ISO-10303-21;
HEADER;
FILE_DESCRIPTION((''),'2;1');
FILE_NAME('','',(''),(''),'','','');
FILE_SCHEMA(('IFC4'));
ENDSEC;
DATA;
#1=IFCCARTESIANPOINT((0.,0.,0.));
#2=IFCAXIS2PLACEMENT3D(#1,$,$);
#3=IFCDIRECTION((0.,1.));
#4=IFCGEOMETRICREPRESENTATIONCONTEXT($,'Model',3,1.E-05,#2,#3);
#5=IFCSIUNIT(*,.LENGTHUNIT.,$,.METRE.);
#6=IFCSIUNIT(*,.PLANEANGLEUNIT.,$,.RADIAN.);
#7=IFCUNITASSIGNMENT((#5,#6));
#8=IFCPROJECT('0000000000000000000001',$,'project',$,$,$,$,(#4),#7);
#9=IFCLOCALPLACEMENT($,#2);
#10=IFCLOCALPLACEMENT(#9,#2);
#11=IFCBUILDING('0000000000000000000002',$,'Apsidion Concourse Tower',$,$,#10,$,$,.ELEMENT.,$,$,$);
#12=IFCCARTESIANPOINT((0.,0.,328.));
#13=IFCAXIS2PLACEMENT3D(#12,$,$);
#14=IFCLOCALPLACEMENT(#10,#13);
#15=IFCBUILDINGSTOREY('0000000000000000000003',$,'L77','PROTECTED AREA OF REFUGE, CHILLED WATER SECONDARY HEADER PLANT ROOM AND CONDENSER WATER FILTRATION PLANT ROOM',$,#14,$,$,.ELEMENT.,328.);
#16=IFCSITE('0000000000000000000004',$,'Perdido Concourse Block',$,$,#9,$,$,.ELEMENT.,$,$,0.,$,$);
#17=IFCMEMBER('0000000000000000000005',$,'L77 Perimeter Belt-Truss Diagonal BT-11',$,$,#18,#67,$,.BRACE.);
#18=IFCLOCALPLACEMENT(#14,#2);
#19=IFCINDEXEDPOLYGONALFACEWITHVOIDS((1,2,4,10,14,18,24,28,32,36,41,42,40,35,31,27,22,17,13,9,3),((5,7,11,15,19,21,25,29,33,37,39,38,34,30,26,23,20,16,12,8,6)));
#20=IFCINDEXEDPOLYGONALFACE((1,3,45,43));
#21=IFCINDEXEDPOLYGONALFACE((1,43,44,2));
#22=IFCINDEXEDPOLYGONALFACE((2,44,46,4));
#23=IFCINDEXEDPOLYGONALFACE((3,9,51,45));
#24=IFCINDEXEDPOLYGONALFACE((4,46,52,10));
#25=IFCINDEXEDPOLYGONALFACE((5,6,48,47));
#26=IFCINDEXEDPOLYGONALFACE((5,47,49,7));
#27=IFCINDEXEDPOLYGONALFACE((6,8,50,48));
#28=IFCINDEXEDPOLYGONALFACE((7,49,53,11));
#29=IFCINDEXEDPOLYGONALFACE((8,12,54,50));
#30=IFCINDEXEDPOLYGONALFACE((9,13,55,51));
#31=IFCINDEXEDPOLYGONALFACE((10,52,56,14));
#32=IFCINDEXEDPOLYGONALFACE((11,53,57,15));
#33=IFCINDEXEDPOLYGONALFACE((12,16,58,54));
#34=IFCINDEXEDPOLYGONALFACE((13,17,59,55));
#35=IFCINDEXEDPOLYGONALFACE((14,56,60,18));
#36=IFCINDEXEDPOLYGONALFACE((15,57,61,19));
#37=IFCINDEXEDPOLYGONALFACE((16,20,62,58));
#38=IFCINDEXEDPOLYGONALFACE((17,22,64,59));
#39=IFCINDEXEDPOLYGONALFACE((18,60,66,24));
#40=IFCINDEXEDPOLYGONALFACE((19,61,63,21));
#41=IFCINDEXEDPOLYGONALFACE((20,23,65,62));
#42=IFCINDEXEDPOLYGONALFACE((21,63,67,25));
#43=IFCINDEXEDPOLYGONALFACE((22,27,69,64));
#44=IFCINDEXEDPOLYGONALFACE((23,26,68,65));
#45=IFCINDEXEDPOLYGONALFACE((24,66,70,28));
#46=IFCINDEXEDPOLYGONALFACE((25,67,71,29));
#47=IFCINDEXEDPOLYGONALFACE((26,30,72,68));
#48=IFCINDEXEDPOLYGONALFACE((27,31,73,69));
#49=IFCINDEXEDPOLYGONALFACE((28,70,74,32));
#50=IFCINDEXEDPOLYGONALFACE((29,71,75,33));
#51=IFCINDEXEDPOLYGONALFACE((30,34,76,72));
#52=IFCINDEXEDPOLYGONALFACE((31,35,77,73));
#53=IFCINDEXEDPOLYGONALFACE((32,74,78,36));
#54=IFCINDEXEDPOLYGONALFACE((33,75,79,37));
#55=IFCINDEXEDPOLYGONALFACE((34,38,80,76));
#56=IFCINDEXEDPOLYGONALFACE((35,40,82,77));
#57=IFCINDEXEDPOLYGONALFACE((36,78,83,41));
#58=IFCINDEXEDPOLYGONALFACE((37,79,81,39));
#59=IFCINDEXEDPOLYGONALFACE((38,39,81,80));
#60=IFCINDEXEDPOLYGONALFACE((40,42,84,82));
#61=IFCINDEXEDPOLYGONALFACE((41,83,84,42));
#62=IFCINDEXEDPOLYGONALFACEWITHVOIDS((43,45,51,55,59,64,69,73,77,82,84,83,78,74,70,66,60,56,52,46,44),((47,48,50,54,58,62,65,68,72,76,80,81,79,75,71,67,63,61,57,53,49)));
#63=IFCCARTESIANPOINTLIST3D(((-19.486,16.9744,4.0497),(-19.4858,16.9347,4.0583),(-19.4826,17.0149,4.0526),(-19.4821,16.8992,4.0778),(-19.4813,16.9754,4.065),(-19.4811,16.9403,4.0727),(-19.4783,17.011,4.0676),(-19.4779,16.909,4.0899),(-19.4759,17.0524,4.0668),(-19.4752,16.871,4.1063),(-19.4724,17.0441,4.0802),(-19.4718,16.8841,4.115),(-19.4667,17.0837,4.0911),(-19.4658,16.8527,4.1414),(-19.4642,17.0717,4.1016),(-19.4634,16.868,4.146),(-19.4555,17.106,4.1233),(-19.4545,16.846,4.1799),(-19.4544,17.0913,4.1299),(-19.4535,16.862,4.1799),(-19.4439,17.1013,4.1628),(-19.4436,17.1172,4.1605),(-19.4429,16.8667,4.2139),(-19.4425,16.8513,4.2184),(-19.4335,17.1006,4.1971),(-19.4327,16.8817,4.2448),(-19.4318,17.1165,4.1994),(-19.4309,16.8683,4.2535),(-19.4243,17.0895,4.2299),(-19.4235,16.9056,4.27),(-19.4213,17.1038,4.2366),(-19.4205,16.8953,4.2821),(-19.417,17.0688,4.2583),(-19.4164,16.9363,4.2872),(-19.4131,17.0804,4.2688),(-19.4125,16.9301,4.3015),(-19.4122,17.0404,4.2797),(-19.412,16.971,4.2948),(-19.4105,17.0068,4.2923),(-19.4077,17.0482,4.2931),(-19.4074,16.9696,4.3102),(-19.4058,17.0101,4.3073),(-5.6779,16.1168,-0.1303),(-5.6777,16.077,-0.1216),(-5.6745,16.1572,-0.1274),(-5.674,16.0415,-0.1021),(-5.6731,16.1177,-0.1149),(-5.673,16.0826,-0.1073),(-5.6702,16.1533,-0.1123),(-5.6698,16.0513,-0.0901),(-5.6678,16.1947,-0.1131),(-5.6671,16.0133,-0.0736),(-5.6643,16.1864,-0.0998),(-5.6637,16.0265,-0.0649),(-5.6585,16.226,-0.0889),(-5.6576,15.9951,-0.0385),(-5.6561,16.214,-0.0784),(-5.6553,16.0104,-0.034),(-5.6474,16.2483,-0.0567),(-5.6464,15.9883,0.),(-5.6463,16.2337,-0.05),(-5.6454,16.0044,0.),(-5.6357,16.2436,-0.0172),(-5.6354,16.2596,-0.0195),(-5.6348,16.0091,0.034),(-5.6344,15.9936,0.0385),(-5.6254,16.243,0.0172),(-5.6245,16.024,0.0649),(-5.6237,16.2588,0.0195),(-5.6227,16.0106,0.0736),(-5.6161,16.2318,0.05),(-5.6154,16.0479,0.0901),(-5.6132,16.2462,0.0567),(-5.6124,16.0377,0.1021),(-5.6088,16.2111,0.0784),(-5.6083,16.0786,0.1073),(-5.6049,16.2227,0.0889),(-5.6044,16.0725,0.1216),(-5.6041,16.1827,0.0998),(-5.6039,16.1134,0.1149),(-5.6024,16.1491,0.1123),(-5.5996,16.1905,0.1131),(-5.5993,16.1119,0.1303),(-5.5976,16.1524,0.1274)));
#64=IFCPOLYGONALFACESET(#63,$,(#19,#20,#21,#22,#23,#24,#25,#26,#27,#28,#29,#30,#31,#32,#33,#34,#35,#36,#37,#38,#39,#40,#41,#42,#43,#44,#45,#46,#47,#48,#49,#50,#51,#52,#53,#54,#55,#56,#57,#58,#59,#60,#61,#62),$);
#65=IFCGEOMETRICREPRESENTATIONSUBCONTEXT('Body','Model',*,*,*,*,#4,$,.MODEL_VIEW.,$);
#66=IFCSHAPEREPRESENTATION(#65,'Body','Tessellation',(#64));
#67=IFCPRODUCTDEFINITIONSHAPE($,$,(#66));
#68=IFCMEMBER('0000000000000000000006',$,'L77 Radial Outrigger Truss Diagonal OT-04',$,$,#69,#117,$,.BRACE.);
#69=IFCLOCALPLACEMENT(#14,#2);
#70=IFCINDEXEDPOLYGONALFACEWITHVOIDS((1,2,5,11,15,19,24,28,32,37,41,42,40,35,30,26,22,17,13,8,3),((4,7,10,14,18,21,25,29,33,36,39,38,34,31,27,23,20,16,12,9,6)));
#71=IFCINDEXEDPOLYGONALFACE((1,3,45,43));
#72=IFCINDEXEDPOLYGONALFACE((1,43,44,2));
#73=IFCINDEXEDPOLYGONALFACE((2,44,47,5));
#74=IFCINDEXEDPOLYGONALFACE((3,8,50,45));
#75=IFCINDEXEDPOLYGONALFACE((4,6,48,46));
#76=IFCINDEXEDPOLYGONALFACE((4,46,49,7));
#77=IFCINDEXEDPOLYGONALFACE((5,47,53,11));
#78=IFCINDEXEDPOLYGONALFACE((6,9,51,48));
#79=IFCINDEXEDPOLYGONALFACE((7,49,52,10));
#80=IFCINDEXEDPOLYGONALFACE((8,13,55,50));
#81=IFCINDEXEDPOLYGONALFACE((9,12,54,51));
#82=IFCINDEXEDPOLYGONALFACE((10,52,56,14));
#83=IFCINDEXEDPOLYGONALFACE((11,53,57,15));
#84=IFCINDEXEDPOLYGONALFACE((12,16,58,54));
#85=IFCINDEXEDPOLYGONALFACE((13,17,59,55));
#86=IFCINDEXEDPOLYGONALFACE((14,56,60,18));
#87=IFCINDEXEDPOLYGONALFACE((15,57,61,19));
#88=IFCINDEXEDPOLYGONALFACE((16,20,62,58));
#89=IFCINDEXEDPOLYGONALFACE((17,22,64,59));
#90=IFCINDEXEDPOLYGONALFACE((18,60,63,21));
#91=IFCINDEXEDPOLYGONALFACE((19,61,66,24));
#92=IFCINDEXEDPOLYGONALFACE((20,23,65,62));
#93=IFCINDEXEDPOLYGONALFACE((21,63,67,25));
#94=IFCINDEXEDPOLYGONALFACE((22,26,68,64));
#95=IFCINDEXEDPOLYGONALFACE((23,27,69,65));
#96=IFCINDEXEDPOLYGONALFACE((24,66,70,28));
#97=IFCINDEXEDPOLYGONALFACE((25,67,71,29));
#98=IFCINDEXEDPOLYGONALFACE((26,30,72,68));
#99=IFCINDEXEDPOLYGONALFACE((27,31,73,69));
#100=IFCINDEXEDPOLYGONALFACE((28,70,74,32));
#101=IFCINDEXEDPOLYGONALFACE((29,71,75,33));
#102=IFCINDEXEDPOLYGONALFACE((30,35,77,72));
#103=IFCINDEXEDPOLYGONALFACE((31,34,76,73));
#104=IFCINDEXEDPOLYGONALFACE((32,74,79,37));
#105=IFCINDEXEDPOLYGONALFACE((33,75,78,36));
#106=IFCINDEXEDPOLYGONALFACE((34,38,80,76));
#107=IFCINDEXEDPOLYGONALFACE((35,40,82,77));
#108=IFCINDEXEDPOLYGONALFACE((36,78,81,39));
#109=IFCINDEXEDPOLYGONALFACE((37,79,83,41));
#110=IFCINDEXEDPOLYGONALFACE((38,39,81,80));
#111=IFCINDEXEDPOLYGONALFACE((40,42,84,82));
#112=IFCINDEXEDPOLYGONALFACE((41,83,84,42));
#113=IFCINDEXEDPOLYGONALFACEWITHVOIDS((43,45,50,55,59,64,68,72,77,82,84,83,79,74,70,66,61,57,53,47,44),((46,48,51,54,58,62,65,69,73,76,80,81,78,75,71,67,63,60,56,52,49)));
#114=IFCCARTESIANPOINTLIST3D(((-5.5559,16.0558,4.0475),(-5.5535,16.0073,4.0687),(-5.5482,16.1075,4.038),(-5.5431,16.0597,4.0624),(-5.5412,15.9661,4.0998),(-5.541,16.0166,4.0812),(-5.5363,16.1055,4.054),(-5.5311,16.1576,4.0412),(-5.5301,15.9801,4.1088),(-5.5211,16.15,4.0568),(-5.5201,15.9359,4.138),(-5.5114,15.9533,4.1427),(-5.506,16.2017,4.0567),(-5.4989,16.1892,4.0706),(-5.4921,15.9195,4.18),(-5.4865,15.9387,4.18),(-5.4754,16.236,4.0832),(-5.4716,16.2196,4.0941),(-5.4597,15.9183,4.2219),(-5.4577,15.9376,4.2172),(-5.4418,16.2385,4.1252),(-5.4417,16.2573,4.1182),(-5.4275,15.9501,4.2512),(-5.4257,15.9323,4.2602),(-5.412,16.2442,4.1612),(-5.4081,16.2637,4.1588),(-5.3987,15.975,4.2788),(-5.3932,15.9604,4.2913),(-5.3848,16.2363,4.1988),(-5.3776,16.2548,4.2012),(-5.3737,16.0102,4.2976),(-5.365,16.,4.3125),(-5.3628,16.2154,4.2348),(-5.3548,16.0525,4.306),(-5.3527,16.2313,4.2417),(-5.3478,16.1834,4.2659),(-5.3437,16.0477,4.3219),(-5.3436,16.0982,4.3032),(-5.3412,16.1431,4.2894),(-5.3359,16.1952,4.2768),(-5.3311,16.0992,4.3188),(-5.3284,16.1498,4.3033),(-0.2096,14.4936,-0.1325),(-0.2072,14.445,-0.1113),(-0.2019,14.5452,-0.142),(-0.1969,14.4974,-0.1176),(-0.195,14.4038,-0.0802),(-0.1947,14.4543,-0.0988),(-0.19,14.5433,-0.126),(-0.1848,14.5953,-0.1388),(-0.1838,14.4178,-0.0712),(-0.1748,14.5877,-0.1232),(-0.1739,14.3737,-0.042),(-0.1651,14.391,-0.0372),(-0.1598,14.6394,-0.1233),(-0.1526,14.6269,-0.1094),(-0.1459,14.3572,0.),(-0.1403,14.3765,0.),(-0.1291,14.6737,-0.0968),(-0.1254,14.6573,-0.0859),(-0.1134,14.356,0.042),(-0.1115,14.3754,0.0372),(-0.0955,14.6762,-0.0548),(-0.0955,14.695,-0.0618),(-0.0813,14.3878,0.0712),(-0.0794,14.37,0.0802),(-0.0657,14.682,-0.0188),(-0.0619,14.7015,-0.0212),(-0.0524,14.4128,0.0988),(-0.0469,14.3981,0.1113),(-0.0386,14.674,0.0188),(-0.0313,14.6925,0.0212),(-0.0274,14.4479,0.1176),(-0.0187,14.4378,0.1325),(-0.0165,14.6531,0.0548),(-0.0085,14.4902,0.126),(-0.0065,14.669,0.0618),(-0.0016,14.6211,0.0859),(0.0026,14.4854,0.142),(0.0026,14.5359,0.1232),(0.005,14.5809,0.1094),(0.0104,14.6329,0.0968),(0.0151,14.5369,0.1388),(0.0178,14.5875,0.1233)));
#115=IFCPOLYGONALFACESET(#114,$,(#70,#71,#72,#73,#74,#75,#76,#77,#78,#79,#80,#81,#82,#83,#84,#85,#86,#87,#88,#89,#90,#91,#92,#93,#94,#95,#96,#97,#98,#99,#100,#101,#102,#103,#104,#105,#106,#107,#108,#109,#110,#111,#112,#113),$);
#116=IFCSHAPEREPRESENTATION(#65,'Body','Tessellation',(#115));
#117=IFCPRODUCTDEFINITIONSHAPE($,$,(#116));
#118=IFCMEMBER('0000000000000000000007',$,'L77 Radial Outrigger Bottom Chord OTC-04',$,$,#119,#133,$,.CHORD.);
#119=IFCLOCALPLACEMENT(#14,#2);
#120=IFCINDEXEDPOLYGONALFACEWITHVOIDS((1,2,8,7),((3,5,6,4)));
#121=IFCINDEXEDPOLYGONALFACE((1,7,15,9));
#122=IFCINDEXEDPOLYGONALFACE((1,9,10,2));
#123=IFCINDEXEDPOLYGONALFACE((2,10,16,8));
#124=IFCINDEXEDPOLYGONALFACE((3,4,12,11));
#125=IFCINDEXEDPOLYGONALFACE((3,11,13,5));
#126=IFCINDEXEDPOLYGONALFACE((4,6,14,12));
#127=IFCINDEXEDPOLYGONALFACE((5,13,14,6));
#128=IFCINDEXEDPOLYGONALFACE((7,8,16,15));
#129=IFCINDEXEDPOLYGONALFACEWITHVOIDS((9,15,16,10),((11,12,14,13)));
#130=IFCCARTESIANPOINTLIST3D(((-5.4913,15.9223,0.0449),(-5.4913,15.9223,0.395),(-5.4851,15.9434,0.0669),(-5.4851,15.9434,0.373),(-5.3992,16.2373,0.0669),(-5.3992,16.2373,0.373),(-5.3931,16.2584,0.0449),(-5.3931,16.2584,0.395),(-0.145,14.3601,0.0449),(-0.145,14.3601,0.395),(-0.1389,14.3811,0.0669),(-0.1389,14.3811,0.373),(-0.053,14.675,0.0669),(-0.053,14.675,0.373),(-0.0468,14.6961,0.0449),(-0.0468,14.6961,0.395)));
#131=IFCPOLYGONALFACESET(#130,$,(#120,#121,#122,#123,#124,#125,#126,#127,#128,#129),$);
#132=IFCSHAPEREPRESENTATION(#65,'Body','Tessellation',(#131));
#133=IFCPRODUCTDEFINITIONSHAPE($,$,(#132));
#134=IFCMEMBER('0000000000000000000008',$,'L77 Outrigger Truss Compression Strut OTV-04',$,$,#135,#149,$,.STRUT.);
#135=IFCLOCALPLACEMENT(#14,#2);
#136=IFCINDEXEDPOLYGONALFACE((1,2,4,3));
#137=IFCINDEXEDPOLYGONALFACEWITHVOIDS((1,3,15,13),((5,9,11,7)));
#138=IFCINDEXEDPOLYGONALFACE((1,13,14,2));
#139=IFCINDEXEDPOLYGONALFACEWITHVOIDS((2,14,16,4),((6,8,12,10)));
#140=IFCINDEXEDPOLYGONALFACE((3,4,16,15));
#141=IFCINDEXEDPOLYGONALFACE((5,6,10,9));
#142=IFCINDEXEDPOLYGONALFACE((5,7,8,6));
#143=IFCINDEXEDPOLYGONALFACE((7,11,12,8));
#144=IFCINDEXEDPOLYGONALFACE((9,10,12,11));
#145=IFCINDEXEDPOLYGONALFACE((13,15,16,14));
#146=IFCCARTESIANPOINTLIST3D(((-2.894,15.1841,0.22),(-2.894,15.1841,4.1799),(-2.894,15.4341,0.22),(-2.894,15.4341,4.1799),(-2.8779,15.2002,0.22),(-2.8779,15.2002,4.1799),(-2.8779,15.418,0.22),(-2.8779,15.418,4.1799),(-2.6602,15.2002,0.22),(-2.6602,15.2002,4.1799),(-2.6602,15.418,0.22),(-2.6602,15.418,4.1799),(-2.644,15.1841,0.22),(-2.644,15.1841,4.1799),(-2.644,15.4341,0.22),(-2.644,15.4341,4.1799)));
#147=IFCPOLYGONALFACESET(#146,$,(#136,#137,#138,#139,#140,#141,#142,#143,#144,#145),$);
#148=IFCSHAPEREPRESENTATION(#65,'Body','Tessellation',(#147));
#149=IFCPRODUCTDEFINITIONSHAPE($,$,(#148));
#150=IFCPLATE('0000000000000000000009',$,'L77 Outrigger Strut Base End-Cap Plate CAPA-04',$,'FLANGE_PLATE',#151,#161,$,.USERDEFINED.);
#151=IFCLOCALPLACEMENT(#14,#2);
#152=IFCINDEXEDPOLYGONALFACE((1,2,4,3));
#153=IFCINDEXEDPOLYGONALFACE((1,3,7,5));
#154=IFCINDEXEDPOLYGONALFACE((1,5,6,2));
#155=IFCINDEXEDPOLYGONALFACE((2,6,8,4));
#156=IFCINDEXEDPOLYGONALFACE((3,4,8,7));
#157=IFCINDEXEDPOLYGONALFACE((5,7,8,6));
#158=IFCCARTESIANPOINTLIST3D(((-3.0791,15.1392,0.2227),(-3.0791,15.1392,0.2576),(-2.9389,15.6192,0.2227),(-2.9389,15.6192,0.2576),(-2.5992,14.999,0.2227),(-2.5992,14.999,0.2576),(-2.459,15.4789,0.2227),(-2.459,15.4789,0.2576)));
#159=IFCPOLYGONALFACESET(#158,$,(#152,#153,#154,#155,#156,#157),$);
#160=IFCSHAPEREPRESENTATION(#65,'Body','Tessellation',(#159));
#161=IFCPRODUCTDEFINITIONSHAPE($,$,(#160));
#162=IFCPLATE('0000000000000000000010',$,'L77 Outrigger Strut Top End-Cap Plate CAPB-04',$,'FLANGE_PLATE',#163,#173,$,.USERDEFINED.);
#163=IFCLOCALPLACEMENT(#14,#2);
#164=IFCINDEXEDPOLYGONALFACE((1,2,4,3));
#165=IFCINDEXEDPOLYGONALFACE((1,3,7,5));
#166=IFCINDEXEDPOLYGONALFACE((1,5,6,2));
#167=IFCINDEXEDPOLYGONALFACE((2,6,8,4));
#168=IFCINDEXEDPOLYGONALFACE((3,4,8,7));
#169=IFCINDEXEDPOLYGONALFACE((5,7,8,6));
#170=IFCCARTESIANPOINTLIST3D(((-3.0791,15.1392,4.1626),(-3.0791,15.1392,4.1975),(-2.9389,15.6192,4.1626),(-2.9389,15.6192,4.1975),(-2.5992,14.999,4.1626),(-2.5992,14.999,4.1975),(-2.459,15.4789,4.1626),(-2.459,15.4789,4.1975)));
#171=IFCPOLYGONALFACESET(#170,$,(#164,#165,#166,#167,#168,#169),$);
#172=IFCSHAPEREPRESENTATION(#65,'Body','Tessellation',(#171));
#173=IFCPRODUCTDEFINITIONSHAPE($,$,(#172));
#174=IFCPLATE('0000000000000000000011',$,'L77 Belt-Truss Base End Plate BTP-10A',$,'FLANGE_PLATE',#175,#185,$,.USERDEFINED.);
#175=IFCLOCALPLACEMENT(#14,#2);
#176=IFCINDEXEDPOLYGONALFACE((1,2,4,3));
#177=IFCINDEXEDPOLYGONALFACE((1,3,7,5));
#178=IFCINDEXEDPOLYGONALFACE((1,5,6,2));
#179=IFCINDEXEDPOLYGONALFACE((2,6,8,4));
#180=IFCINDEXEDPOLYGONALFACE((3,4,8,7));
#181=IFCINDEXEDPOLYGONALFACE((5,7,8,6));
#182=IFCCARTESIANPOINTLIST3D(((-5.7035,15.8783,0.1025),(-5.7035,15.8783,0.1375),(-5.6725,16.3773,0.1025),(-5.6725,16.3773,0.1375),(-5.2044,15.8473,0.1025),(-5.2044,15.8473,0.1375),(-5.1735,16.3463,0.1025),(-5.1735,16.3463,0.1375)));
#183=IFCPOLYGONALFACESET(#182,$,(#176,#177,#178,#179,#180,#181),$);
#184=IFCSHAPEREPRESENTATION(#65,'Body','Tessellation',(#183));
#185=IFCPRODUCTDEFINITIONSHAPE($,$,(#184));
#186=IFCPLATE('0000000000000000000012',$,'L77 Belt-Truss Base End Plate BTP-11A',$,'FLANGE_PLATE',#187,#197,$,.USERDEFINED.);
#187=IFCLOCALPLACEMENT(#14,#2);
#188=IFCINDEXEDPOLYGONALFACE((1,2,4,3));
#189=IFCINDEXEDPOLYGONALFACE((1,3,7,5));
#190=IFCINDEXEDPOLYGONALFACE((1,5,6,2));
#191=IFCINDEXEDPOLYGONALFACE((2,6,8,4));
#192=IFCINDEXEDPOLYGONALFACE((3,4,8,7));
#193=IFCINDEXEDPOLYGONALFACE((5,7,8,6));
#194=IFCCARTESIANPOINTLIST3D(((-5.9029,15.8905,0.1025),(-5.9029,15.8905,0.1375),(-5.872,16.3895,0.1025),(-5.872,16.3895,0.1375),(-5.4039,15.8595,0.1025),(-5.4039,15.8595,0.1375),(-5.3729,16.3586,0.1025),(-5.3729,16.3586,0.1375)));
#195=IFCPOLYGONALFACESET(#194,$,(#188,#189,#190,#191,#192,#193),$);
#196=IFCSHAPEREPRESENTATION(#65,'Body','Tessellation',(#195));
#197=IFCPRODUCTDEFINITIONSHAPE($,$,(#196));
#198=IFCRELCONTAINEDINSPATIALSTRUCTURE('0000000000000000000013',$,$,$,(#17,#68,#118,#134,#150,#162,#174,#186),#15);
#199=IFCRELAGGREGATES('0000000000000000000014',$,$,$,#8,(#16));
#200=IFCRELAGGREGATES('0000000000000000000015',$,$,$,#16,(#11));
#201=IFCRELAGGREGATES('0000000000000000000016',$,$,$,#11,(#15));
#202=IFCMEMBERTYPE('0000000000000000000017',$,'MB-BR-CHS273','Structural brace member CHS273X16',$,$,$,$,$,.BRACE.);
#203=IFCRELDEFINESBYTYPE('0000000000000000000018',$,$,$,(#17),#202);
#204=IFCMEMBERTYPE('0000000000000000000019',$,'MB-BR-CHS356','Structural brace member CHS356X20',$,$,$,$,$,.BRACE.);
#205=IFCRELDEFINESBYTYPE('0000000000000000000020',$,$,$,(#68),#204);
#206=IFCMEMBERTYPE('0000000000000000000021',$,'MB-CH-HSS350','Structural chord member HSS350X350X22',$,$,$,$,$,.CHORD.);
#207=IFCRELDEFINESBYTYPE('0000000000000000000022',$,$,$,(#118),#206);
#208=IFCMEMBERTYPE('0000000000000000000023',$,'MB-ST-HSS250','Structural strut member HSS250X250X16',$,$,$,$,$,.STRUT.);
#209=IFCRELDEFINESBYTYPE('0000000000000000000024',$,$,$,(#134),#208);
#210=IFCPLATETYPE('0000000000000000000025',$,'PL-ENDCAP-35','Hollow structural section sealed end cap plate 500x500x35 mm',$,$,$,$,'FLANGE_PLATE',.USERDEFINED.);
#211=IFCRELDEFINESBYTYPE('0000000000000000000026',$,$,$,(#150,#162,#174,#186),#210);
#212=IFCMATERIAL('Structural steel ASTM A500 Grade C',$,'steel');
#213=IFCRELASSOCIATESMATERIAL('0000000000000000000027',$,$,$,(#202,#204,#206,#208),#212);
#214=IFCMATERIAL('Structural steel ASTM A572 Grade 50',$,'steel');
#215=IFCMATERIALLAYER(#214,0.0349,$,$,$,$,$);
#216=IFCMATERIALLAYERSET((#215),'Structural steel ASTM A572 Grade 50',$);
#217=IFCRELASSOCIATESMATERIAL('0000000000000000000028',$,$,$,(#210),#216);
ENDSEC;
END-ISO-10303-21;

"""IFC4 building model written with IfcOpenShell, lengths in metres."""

from ifc_helpers import new_model, si_unit, direction, frame, origin, origin_2d, place, context, subcontext, project, spatial, rectangle, hollow_rectangle, hollow_circle, extrude, material, layer, layer_set, material_profile, profile_set, type_object, element, save


model = new_model("IFC4")

# Units and contexts
model_context = context("Model", 3, precision=1e-05, world=origin(), true_north=direction((0.0, 1.0)))
body_context = subcontext(model_context, "Body", "Model", "MODEL_VIEW")
ifc_project = project(units=[si_unit("LENGTHUNIT", "METRE"), si_unit("PLANEANGLEUNIT", "RADIAN")], contexts=[model_context])

# Site, building, storey
site_placement = place(None, origin())
site = spatial("IfcSite", under=ifc_project, at=site_placement, Name="Perdido Concourse Block", CompositionType="ELEMENT", RefElevation=0.0)
building_placement = place(site_placement, origin())
building = spatial("IfcBuilding", under=site, at=building_placement, Name="Apsidion Concourse Tower", CompositionType="ELEMENT")
storey_placement = place(building_placement, frame((0.0, 0.0, 328.0)))
storey = spatial("IfcBuildingStorey", under=building, at=storey_placement, Name="L77", Description="PROTECTED AREA OF REFUGE, CHILLED WATER SECONDARY HEADER PLANT ROOM AND CONDENSER WATER FILTRATION PLANT ROOM", CompositionType="ELEMENT", Elevation=328.0)

# Members
ifc_material_1 = material(Name="Structural steel ASTM A500 Grade C", Category="steel")
ifc_material_profile_1 = material_profile(ifc_material_1, hollow_circle(Radius=0.1365, WallThickness=0.0161, at=origin_2d()), Name="CHS273X16")
ifc_profile_set_1 = profile_set([ifc_material_profile_1], Name="Structural steel ASTM A500 Grade C")
member_type_1 = type_object("IfcMemberType", Name="MB-BR-CHS273", Description="Structural brace member CHS273X16", PredefinedType="BRACE", material=ifc_profile_set_1)
for number, where, z_axis, x_axis, name in (
    (1, (-5.6379, 16.1245, 0.0), (-0.955421, 0.059344, 0.289221), (-0.061994, -0.998077, 0.0), "L77 Perimeter Belt-Truss Diagonal BT-11"),
):
    element("IfcMember", number, at=place(storey_placement, frame(where, z_axis=z_axis, x_axis=x_axis)), inside=storey, type_object=member_type_1, Name=name, PredefinedType="BRACE", context=body_context, shape_type="SweptSolid", body=[
        extrude(hollow_circle(Radius=0.1365, WallThickness=0.0161, at=origin_2d()), origin(), (0.0, 0.0, 1.0), 14.4524),
    ])
ifc_material_profile_2 = material_profile(ifc_material_1, hollow_circle(Radius=0.178, WallThickness=0.02, at=origin_2d()), Name="CHS356X20")
ifc_profile_set_2 = profile_set([ifc_material_profile_2], Name="Structural steel ASTM A500 Grade C")
member_type_2 = type_object("IfcMemberType", Name="MB-BR-CHS356", Description="Structural brace member CHS356X20", PredefinedType="BRACE", material=ifc_profile_set_2)
member_1_placement = place(storey_placement, frame((-0.0959, 14.5281, 0.0), z_axis=(-0.767714, 0.22434, 0.600239), x_axis=(-0.280488, -0.959858, 0.0)))
element("IfcMember", 2, at=member_1_placement, inside=storey, type_object=member_type_2, Name="L77 Radial Outrigger Truss Diagonal OT-04", PredefinedType="BRACE", context=body_context, shape_type="SweptSolid", body=[
    extrude(hollow_circle(Radius=0.178, WallThickness=0.02, at=origin_2d()), origin(), (0.0, 0.0, 1.0), 6.9639),
])
ifc_material_profile_3 = material_profile(ifc_material_1, hollow_rectangle(XDim=0.3501, YDim=0.3501, WallThickness=0.022, at=origin_2d()), Name="HSS350X350X22")
ifc_profile_set_3 = profile_set([ifc_material_profile_3], Name="Structural steel ASTM A500 Grade C")
member_type_3 = type_object("IfcMemberType", Name="MB-CH-HSS350", Description="Structural chord member HSS350X350X22", PredefinedType="CHORD", material=ifc_profile_set_3)
member_2_placement = place(storey_placement, frame((-0.0959, 14.5281, 0.22), z_axis=(-0.959858, 0.280488, 0.0), x_axis=(-0.280488, -0.959858, 0.0)))
element("IfcMember", 3, at=member_2_placement, inside=storey, type_object=member_type_3, Name="L77 Radial Outrigger Bottom Chord OTC-04", PredefinedType="CHORD", context=body_context, shape_type="SweptSolid", body=[
    extrude(hollow_rectangle(XDim=0.3501, YDim=0.3501, WallThickness=0.022, at=origin_2d()), origin(), (0.0, 0.0, 1.0), 5.5698),
])
ifc_material_profile_4 = material_profile(ifc_material_1, hollow_rectangle(XDim=0.25, YDim=0.25, WallThickness=0.0161, at=origin_2d()), Name="HSS250X250X16")
ifc_profile_set_4 = profile_set([ifc_material_profile_4], Name="Structural steel ASTM A500 Grade C")
member_type_4 = type_object("IfcMemberType", Name="MB-ST-HSS250", Description="Structural strut member HSS250X250X16", PredefinedType="STRUT", material=ifc_profile_set_4)
member_3_placement = place(storey_placement, frame((-2.769, 15.3091, 0.22), z_axis=(0.0, 0.0, 1.0), x_axis=(1.0, 0.0, 0.0)))
element("IfcMember", 4, at=member_3_placement, inside=storey, type_object=member_type_4, Name="L77 Outrigger Truss Compression Strut OTV-04", PredefinedType="STRUT", context=body_context, shape_type="SweptSolid", body=[
    extrude(hollow_rectangle(XDim=0.25, YDim=0.25, WallThickness=0.0161, at=origin_2d()), origin(), (0.0, 0.0, 1.0), 3.96),
])

# Plates
ifc_material_2 = material(Name="Structural steel ASTM A572 Grade 50", Category="steel")
ifc_layer_1 = layer(ifc_material_2, 0.0349)
ifc_layer_set_1 = layer_set([ifc_layer_1], Name="Structural steel ASTM A572 Grade 50")
plate_type_1 = type_object("IfcPlateType", Name="PL-ENDCAP-35", Description="Hollow structural section sealed end cap plate 500x500x35 mm", ElementType="FLANGE_PLATE", PredefinedType="USERDEFINED", material=ifc_layer_set_1)
for number, where, z_axis, x_axis, name in (
    (5, (-2.769, 15.3091, 0.2227), (0.0, 0.0, 1.0), (-0.959854, 0.280499, 0.0), "L77 Outrigger Strut Base End-Cap Plate CAPA-04"),
    (6, (-2.769, 15.3091, 4.1626), (0.0, 0.0, 1.0), (-0.959854, 0.280499, 0.0), "L77 Outrigger Strut Top End-Cap Plate CAPB-04"),
    (7, (-5.4385, 16.1123, 0.1025), (0.0, 0.0, 1.0), (-0.998081, 0.06192, 0.0), "L77 Belt-Truss Base End Plate BTP-10A"),
    (8, (-5.6379, 16.1245, 0.1025), (0.0, 0.0, 1.0), (-0.998081, 0.06192, 0.0), "L77 Belt-Truss Base End Plate BTP-11A"),
):
    element("IfcPlate", number, at=place(storey_placement, frame(where, z_axis=z_axis, x_axis=x_axis)), inside=storey, type_object=plate_type_1, Name=name, ObjectType="FLANGE_PLATE", PredefinedType="USERDEFINED", context=body_context, shape_type="SweptSolid", body=[
        extrude(rectangle(XDim=0.5, YDim=0.5, at=origin_2d()), origin(), (0.0, 0.0, 1.0), 0.0349),
    ])

save(model, "model.ifc")
